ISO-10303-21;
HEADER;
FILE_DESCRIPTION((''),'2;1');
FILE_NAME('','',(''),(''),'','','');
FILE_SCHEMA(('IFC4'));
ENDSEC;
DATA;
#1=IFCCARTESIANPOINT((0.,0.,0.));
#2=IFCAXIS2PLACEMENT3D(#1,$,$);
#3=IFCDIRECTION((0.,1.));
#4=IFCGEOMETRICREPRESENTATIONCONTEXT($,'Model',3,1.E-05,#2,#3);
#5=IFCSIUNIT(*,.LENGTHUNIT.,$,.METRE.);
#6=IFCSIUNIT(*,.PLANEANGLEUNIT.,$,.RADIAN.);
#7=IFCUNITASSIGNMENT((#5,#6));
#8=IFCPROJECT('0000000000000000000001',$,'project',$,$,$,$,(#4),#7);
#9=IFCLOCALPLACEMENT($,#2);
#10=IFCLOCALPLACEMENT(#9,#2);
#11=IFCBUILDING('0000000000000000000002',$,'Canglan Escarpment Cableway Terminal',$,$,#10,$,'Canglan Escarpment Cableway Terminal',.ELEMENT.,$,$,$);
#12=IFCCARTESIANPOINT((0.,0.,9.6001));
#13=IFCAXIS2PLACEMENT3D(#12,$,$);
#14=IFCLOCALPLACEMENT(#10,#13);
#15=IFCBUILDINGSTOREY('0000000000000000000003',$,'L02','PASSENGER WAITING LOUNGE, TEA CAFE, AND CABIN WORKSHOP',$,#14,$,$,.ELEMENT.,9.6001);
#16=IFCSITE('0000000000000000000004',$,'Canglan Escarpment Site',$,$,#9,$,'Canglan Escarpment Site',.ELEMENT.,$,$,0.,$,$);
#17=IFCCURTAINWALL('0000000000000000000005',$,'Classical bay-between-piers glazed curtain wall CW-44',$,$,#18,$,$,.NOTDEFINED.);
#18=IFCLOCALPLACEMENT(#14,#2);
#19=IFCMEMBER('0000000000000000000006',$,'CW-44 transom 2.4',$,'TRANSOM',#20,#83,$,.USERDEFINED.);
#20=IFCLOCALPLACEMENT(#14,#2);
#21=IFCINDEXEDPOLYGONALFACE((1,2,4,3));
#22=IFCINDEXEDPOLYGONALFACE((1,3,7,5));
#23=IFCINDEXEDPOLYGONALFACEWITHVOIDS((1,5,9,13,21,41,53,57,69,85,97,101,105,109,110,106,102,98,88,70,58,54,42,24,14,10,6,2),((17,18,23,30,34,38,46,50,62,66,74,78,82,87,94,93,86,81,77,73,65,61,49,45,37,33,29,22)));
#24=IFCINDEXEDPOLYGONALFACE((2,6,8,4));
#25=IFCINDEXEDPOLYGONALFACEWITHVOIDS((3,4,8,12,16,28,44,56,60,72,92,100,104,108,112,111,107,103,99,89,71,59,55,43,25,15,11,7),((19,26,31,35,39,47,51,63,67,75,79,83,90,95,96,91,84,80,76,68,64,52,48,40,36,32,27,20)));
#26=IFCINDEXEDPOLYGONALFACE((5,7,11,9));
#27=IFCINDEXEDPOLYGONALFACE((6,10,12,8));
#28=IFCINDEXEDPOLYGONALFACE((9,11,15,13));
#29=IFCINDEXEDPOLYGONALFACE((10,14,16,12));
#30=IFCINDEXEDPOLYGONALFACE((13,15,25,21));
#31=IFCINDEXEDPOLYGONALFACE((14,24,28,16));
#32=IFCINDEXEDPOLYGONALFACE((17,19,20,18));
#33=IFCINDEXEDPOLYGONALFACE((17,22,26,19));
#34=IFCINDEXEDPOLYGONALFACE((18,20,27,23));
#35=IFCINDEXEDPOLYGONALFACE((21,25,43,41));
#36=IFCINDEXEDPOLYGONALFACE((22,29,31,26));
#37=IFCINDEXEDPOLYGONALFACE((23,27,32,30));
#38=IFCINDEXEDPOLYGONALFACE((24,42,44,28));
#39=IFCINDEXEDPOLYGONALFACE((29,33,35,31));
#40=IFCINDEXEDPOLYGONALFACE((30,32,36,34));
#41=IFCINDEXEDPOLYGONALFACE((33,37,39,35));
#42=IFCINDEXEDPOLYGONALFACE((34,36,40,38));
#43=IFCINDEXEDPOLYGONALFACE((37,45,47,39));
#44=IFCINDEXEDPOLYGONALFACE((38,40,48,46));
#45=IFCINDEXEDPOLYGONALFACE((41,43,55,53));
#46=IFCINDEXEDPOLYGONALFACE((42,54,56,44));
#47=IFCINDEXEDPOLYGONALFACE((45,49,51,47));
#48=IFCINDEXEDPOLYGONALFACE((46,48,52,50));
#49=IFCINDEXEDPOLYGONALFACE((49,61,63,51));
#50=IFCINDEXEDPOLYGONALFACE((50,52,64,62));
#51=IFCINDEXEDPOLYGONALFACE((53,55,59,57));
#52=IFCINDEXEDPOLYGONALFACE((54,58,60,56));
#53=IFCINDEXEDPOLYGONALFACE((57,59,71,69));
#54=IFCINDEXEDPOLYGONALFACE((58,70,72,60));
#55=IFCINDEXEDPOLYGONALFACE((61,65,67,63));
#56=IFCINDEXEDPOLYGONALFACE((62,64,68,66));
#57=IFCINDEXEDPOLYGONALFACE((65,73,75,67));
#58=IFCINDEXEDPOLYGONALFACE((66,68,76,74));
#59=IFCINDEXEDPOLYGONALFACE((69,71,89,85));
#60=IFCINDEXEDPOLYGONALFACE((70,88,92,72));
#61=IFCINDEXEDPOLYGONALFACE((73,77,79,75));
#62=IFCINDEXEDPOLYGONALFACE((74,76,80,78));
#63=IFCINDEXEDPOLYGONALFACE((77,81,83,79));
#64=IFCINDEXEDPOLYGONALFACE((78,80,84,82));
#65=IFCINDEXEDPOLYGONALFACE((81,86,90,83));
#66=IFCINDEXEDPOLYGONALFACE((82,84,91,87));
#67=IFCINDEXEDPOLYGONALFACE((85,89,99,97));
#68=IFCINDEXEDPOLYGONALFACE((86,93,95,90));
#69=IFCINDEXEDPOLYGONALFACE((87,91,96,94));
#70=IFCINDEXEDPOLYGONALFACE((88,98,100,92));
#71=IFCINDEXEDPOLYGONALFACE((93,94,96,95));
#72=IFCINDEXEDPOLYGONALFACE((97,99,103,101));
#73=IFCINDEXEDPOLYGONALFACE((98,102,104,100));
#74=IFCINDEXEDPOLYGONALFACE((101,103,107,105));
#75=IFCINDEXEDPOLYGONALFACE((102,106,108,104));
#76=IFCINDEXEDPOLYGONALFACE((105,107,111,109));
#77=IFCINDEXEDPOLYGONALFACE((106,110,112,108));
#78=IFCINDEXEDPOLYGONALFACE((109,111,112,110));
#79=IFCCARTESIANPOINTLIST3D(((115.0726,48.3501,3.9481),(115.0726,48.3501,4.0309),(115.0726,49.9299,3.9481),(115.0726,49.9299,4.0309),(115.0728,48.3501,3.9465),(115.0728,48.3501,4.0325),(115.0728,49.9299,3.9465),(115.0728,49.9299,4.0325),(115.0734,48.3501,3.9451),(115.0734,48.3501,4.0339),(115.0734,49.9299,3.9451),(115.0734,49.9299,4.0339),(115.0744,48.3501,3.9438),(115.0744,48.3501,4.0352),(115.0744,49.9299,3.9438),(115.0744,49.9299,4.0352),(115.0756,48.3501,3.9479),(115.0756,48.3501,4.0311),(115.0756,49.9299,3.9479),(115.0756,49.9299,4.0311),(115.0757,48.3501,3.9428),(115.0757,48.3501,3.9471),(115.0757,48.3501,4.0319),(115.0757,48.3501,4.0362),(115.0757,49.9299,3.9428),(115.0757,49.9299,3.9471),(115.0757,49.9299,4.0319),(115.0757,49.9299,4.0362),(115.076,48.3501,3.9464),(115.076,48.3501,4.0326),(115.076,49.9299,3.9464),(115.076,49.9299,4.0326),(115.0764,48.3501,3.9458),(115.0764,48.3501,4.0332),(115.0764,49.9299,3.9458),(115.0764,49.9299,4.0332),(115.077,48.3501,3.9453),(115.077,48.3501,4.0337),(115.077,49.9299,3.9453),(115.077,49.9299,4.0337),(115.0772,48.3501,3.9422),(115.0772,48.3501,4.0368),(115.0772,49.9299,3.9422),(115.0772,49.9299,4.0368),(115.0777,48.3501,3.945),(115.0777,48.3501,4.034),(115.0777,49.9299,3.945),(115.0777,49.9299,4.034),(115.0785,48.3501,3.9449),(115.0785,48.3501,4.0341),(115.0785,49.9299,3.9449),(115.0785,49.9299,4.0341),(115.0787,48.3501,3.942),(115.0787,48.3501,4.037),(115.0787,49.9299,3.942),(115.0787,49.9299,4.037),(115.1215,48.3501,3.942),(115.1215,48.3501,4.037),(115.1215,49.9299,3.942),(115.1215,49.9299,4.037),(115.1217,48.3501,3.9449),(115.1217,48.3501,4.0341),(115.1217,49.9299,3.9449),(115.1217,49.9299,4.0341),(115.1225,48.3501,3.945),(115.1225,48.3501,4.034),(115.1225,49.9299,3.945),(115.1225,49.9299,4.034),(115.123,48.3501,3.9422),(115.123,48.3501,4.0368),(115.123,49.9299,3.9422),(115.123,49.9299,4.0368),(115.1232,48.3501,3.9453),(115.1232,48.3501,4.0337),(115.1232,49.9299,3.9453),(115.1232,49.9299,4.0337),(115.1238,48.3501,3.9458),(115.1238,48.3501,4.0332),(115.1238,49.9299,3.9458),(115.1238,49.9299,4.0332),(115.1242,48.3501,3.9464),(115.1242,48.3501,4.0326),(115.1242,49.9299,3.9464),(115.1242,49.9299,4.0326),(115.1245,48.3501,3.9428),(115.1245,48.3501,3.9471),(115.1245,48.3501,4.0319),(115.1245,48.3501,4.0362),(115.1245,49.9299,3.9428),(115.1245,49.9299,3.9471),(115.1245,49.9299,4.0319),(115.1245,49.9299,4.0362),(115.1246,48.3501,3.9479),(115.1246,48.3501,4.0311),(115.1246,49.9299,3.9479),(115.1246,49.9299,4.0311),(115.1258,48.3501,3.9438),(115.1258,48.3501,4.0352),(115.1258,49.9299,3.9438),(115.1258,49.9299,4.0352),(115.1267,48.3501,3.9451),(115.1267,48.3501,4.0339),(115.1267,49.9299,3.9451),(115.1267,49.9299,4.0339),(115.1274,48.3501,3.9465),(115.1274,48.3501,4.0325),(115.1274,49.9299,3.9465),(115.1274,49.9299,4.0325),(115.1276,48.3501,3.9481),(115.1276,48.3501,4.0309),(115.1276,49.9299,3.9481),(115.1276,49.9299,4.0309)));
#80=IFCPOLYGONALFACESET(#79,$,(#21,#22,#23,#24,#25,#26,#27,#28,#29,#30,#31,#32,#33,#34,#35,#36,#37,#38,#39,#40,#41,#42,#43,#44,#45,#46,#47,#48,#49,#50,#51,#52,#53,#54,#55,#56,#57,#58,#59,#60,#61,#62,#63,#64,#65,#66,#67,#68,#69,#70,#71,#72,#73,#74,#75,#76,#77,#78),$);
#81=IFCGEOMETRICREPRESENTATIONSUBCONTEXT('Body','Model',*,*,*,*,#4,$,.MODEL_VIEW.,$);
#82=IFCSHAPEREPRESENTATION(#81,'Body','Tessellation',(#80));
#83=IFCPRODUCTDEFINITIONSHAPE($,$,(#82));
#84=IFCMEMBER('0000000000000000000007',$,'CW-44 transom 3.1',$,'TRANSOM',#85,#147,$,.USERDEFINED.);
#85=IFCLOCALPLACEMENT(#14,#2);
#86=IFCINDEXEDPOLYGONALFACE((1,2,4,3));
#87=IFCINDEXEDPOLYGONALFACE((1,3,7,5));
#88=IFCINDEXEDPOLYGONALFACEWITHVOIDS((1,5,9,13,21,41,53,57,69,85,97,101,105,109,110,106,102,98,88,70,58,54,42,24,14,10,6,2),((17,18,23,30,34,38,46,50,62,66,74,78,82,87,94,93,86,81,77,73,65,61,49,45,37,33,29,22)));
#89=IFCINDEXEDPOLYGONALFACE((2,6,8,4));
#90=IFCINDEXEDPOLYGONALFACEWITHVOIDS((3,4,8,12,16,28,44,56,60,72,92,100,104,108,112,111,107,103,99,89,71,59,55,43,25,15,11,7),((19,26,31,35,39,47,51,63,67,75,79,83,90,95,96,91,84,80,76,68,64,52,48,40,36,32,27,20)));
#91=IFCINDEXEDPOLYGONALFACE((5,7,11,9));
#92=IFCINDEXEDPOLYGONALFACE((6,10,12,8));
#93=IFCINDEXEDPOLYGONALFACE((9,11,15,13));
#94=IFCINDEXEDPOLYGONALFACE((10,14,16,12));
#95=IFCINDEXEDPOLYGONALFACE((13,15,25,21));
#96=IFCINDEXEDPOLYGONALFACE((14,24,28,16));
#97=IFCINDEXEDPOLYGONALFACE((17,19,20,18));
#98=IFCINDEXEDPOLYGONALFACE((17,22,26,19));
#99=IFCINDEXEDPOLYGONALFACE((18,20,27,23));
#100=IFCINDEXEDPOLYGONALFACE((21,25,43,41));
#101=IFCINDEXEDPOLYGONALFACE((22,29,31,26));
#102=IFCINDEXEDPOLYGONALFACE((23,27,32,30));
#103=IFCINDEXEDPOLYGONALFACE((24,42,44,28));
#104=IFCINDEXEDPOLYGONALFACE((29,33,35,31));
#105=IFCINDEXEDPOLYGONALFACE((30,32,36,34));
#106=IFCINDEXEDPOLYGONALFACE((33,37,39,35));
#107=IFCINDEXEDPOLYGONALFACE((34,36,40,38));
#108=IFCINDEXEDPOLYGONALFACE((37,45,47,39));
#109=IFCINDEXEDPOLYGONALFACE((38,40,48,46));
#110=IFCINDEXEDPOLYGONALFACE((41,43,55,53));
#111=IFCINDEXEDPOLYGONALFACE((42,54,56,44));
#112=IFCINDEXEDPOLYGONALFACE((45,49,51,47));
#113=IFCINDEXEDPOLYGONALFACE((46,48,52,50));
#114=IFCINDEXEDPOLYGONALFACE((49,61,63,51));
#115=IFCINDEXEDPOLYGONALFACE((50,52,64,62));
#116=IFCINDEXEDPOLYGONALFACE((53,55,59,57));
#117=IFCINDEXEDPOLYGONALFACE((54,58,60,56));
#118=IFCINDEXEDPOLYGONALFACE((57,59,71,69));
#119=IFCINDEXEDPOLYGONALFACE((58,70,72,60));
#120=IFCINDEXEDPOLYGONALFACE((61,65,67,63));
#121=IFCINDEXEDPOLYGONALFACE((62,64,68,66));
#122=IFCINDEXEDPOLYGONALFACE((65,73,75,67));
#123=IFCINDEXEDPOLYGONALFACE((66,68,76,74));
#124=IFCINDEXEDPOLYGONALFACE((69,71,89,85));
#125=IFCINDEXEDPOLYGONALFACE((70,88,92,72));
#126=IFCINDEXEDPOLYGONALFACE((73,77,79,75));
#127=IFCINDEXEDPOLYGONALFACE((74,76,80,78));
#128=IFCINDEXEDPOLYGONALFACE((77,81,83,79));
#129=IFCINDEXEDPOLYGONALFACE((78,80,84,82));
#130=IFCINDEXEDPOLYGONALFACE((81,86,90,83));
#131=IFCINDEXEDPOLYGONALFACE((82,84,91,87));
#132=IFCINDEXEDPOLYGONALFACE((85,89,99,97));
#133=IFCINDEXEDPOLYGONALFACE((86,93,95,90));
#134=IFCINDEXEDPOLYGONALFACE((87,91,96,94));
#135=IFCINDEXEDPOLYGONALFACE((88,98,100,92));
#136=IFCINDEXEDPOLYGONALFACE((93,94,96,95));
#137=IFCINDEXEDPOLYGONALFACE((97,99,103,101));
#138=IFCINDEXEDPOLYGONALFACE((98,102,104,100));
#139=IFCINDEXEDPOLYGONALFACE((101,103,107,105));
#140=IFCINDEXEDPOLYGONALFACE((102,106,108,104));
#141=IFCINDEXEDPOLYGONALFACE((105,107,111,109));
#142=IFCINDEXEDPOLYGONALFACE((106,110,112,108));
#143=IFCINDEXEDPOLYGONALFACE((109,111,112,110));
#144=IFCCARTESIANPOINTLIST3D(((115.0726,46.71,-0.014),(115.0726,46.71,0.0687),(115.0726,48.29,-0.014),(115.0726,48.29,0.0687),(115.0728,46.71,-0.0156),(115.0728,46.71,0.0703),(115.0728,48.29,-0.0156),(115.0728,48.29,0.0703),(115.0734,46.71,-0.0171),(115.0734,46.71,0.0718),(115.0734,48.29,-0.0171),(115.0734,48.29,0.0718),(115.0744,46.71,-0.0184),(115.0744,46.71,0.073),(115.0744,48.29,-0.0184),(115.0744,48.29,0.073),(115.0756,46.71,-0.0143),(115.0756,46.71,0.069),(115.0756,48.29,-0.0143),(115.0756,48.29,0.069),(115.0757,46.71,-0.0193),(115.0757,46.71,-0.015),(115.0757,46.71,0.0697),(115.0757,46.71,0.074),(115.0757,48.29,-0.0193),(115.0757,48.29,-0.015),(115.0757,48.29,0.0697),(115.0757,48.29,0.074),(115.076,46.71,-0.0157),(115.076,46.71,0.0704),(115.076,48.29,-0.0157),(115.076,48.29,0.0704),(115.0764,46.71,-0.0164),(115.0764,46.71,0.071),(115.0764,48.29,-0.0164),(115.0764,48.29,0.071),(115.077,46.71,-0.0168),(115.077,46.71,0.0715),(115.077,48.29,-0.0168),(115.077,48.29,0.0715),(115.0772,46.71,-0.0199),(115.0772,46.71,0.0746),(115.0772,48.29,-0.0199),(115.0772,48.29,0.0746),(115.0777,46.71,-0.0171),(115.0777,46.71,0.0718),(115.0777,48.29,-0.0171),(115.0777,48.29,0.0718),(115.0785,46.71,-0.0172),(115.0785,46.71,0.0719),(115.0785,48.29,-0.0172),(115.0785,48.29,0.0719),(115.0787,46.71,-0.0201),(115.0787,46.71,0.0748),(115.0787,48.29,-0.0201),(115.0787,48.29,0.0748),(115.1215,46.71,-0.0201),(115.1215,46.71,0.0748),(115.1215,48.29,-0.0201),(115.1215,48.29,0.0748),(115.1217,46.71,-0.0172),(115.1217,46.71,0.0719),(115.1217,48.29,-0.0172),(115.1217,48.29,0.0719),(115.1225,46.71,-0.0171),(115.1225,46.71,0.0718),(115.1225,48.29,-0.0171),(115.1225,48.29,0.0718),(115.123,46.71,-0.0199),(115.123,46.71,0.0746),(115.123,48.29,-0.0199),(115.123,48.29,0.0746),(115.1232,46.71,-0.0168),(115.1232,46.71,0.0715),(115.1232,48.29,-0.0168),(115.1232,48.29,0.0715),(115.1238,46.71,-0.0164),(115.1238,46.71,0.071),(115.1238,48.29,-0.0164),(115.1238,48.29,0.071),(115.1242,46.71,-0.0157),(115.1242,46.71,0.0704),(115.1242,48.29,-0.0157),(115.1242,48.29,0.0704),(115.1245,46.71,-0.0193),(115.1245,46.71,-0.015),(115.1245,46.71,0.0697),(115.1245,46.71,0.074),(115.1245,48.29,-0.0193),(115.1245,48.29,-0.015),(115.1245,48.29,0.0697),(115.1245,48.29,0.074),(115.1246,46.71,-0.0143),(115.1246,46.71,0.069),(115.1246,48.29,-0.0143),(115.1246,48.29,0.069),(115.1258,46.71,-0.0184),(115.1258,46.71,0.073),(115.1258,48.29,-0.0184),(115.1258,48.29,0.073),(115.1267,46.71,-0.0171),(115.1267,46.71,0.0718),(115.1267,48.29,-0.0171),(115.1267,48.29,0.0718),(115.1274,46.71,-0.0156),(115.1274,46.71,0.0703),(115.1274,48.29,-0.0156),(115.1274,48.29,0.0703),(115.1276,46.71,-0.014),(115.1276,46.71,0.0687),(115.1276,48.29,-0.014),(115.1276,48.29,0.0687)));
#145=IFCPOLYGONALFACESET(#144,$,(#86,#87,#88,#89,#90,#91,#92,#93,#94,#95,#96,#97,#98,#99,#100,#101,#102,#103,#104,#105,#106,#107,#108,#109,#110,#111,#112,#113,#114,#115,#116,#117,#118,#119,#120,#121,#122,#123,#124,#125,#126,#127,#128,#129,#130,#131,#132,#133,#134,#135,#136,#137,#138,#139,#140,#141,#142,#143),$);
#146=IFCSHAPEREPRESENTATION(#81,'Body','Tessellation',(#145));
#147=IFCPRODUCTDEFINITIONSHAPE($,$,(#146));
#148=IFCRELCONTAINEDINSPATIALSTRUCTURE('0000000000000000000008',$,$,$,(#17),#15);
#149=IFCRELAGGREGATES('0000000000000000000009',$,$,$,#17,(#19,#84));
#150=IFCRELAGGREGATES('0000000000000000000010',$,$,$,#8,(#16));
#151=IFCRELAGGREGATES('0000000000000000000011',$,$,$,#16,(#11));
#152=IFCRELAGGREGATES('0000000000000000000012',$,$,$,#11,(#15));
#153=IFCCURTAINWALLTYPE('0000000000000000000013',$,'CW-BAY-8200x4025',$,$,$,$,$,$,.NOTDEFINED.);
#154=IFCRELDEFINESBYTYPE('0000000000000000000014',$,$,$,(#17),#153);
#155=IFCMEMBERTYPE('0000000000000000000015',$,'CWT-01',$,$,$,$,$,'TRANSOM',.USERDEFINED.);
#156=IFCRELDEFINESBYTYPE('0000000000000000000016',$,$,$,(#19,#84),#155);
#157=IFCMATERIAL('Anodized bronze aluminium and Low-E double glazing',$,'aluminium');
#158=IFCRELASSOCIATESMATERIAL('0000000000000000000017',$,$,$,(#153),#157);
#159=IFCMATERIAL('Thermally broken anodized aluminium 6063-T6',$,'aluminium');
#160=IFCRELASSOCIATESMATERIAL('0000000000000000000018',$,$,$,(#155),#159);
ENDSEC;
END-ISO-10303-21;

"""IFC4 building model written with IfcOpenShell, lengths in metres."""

from ifc_helpers import new_model, si_unit, direction, frame, origin, origin_2d, place, context, subcontext, project, spatial, hollow_rectangle, extrude, material, material_profile, profile_set, type_object, element, aggregate, save


model = new_model("IFC4")

# Units and contexts
model_context = context("Model", 3, precision=1e-05, world=origin(), true_north=direction((0.0, 1.0)))
body_context = subcontext(model_context, "Body", "Model", "MODEL_VIEW")
ifc_project = project(units=[si_unit("LENGTHUNIT", "METRE"), si_unit("PLANEANGLEUNIT", "RADIAN")], contexts=[model_context])

# Site, building, storey
site_placement = place(None, origin())
site = spatial("IfcSite", under=ifc_project, at=site_placement, Name="Canglan Escarpment Site", LongName="Canglan Escarpment Site", CompositionType="ELEMENT", RefElevation=0.0)
building_placement = place(site_placement, origin())
building = spatial("IfcBuilding", under=site, at=building_placement, Name="Canglan Escarpment Cableway Terminal", LongName="Canglan Escarpment Cableway Terminal", CompositionType="ELEMENT")
storey_placement = place(building_placement, frame((0.0, 0.0, 9.6001)))
storey = spatial("IfcBuildingStorey", under=building, at=storey_placement, Name="L02", Description="PASSENGER WAITING LOUNGE, TEA CAFE, AND CABIN WORKSHOP", CompositionType="ELEMENT", Elevation=9.6001)

# Curtain wall, members
ifc_material_1 = material(Name="Anodized bronze aluminium and Low-E double glazing", Category="aluminium")
curtain_wall_type = type_object("IfcCurtainWallType", Name="CW-BAY-8200x4025", PredefinedType="NOTDEFINED", material=ifc_material_1)
curtain_wall_placement = place(storey_placement, origin())
curtain_wall = element("IfcCurtainWall", 1, at=curtain_wall_placement, inside=storey, type_object=curtain_wall_type, Name="Classical bay-between-piers glazed curtain wall CW-44", PredefinedType="NOTDEFINED")
ifc_material_2 = material(Name="Thermally broken anodized aluminium 6063-T6", Category="aluminium")
ifc_material_profile_1 = material_profile(ifc_material_2, hollow_rectangle(XDim=0.0549, YDim=0.095, WallThickness=0.0029, InnerFilletRadius=0.0029, OuterFilletRadius=0.0061, at=origin_2d()), Name="ALU-TRAN 55x95x3")
ifc_profile_set_1 = profile_set([ifc_material_profile_1], Name="Thermally broken anodized aluminium 6063-T6")
member_type_1 = type_object("IfcMemberType", Name="CWT-01", ElementType="TRANSOM", PredefinedType="USERDEFINED", material=ifc_profile_set_1)
member_1_placement = place(storey_placement, frame((115.1001, 49.9299, 3.9895), z_axis=(0.0, -1.0, 0.0), x_axis=(1.0, 0.0, 0.0)))
member_1 = element("IfcMember", 2, at=member_1_placement, type_object=member_type_1, Name="CW-44 transom 2.4", ObjectType="TRANSOM", PredefinedType="USERDEFINED", context=body_context, shape_type="SweptSolid", body=[
    extrude(hollow_rectangle(XDim=0.0549, YDim=0.095, WallThickness=0.0029, InnerFilletRadius=0.0029, OuterFilletRadius=0.0061, at=origin_2d()), origin(), (0.0, 0.0, 1.0), 1.5798),
])
member_2_placement = place(storey_placement, frame((115.1001, 48.29, 0.0273), z_axis=(0.0, -1.0, 0.0), x_axis=(1.0, 0.0, 0.0)))
member_2 = element("IfcMember", 3, at=member_2_placement, type_object=member_type_1, Name="CW-44 transom 3.1", ObjectType="TRANSOM", PredefinedType="USERDEFINED", context=body_context, shape_type="SweptSolid", body=[
    extrude(hollow_rectangle(XDim=0.0549, YDim=0.095, WallThickness=0.0029, InnerFilletRadius=0.0029, OuterFilletRadius=0.0061, at=origin_2d()), origin(), (0.0, 0.0, 1.0), 1.5801),
])
aggregate(curtain_wall, [member_1, member_2])

save(model, "model.ifc")
